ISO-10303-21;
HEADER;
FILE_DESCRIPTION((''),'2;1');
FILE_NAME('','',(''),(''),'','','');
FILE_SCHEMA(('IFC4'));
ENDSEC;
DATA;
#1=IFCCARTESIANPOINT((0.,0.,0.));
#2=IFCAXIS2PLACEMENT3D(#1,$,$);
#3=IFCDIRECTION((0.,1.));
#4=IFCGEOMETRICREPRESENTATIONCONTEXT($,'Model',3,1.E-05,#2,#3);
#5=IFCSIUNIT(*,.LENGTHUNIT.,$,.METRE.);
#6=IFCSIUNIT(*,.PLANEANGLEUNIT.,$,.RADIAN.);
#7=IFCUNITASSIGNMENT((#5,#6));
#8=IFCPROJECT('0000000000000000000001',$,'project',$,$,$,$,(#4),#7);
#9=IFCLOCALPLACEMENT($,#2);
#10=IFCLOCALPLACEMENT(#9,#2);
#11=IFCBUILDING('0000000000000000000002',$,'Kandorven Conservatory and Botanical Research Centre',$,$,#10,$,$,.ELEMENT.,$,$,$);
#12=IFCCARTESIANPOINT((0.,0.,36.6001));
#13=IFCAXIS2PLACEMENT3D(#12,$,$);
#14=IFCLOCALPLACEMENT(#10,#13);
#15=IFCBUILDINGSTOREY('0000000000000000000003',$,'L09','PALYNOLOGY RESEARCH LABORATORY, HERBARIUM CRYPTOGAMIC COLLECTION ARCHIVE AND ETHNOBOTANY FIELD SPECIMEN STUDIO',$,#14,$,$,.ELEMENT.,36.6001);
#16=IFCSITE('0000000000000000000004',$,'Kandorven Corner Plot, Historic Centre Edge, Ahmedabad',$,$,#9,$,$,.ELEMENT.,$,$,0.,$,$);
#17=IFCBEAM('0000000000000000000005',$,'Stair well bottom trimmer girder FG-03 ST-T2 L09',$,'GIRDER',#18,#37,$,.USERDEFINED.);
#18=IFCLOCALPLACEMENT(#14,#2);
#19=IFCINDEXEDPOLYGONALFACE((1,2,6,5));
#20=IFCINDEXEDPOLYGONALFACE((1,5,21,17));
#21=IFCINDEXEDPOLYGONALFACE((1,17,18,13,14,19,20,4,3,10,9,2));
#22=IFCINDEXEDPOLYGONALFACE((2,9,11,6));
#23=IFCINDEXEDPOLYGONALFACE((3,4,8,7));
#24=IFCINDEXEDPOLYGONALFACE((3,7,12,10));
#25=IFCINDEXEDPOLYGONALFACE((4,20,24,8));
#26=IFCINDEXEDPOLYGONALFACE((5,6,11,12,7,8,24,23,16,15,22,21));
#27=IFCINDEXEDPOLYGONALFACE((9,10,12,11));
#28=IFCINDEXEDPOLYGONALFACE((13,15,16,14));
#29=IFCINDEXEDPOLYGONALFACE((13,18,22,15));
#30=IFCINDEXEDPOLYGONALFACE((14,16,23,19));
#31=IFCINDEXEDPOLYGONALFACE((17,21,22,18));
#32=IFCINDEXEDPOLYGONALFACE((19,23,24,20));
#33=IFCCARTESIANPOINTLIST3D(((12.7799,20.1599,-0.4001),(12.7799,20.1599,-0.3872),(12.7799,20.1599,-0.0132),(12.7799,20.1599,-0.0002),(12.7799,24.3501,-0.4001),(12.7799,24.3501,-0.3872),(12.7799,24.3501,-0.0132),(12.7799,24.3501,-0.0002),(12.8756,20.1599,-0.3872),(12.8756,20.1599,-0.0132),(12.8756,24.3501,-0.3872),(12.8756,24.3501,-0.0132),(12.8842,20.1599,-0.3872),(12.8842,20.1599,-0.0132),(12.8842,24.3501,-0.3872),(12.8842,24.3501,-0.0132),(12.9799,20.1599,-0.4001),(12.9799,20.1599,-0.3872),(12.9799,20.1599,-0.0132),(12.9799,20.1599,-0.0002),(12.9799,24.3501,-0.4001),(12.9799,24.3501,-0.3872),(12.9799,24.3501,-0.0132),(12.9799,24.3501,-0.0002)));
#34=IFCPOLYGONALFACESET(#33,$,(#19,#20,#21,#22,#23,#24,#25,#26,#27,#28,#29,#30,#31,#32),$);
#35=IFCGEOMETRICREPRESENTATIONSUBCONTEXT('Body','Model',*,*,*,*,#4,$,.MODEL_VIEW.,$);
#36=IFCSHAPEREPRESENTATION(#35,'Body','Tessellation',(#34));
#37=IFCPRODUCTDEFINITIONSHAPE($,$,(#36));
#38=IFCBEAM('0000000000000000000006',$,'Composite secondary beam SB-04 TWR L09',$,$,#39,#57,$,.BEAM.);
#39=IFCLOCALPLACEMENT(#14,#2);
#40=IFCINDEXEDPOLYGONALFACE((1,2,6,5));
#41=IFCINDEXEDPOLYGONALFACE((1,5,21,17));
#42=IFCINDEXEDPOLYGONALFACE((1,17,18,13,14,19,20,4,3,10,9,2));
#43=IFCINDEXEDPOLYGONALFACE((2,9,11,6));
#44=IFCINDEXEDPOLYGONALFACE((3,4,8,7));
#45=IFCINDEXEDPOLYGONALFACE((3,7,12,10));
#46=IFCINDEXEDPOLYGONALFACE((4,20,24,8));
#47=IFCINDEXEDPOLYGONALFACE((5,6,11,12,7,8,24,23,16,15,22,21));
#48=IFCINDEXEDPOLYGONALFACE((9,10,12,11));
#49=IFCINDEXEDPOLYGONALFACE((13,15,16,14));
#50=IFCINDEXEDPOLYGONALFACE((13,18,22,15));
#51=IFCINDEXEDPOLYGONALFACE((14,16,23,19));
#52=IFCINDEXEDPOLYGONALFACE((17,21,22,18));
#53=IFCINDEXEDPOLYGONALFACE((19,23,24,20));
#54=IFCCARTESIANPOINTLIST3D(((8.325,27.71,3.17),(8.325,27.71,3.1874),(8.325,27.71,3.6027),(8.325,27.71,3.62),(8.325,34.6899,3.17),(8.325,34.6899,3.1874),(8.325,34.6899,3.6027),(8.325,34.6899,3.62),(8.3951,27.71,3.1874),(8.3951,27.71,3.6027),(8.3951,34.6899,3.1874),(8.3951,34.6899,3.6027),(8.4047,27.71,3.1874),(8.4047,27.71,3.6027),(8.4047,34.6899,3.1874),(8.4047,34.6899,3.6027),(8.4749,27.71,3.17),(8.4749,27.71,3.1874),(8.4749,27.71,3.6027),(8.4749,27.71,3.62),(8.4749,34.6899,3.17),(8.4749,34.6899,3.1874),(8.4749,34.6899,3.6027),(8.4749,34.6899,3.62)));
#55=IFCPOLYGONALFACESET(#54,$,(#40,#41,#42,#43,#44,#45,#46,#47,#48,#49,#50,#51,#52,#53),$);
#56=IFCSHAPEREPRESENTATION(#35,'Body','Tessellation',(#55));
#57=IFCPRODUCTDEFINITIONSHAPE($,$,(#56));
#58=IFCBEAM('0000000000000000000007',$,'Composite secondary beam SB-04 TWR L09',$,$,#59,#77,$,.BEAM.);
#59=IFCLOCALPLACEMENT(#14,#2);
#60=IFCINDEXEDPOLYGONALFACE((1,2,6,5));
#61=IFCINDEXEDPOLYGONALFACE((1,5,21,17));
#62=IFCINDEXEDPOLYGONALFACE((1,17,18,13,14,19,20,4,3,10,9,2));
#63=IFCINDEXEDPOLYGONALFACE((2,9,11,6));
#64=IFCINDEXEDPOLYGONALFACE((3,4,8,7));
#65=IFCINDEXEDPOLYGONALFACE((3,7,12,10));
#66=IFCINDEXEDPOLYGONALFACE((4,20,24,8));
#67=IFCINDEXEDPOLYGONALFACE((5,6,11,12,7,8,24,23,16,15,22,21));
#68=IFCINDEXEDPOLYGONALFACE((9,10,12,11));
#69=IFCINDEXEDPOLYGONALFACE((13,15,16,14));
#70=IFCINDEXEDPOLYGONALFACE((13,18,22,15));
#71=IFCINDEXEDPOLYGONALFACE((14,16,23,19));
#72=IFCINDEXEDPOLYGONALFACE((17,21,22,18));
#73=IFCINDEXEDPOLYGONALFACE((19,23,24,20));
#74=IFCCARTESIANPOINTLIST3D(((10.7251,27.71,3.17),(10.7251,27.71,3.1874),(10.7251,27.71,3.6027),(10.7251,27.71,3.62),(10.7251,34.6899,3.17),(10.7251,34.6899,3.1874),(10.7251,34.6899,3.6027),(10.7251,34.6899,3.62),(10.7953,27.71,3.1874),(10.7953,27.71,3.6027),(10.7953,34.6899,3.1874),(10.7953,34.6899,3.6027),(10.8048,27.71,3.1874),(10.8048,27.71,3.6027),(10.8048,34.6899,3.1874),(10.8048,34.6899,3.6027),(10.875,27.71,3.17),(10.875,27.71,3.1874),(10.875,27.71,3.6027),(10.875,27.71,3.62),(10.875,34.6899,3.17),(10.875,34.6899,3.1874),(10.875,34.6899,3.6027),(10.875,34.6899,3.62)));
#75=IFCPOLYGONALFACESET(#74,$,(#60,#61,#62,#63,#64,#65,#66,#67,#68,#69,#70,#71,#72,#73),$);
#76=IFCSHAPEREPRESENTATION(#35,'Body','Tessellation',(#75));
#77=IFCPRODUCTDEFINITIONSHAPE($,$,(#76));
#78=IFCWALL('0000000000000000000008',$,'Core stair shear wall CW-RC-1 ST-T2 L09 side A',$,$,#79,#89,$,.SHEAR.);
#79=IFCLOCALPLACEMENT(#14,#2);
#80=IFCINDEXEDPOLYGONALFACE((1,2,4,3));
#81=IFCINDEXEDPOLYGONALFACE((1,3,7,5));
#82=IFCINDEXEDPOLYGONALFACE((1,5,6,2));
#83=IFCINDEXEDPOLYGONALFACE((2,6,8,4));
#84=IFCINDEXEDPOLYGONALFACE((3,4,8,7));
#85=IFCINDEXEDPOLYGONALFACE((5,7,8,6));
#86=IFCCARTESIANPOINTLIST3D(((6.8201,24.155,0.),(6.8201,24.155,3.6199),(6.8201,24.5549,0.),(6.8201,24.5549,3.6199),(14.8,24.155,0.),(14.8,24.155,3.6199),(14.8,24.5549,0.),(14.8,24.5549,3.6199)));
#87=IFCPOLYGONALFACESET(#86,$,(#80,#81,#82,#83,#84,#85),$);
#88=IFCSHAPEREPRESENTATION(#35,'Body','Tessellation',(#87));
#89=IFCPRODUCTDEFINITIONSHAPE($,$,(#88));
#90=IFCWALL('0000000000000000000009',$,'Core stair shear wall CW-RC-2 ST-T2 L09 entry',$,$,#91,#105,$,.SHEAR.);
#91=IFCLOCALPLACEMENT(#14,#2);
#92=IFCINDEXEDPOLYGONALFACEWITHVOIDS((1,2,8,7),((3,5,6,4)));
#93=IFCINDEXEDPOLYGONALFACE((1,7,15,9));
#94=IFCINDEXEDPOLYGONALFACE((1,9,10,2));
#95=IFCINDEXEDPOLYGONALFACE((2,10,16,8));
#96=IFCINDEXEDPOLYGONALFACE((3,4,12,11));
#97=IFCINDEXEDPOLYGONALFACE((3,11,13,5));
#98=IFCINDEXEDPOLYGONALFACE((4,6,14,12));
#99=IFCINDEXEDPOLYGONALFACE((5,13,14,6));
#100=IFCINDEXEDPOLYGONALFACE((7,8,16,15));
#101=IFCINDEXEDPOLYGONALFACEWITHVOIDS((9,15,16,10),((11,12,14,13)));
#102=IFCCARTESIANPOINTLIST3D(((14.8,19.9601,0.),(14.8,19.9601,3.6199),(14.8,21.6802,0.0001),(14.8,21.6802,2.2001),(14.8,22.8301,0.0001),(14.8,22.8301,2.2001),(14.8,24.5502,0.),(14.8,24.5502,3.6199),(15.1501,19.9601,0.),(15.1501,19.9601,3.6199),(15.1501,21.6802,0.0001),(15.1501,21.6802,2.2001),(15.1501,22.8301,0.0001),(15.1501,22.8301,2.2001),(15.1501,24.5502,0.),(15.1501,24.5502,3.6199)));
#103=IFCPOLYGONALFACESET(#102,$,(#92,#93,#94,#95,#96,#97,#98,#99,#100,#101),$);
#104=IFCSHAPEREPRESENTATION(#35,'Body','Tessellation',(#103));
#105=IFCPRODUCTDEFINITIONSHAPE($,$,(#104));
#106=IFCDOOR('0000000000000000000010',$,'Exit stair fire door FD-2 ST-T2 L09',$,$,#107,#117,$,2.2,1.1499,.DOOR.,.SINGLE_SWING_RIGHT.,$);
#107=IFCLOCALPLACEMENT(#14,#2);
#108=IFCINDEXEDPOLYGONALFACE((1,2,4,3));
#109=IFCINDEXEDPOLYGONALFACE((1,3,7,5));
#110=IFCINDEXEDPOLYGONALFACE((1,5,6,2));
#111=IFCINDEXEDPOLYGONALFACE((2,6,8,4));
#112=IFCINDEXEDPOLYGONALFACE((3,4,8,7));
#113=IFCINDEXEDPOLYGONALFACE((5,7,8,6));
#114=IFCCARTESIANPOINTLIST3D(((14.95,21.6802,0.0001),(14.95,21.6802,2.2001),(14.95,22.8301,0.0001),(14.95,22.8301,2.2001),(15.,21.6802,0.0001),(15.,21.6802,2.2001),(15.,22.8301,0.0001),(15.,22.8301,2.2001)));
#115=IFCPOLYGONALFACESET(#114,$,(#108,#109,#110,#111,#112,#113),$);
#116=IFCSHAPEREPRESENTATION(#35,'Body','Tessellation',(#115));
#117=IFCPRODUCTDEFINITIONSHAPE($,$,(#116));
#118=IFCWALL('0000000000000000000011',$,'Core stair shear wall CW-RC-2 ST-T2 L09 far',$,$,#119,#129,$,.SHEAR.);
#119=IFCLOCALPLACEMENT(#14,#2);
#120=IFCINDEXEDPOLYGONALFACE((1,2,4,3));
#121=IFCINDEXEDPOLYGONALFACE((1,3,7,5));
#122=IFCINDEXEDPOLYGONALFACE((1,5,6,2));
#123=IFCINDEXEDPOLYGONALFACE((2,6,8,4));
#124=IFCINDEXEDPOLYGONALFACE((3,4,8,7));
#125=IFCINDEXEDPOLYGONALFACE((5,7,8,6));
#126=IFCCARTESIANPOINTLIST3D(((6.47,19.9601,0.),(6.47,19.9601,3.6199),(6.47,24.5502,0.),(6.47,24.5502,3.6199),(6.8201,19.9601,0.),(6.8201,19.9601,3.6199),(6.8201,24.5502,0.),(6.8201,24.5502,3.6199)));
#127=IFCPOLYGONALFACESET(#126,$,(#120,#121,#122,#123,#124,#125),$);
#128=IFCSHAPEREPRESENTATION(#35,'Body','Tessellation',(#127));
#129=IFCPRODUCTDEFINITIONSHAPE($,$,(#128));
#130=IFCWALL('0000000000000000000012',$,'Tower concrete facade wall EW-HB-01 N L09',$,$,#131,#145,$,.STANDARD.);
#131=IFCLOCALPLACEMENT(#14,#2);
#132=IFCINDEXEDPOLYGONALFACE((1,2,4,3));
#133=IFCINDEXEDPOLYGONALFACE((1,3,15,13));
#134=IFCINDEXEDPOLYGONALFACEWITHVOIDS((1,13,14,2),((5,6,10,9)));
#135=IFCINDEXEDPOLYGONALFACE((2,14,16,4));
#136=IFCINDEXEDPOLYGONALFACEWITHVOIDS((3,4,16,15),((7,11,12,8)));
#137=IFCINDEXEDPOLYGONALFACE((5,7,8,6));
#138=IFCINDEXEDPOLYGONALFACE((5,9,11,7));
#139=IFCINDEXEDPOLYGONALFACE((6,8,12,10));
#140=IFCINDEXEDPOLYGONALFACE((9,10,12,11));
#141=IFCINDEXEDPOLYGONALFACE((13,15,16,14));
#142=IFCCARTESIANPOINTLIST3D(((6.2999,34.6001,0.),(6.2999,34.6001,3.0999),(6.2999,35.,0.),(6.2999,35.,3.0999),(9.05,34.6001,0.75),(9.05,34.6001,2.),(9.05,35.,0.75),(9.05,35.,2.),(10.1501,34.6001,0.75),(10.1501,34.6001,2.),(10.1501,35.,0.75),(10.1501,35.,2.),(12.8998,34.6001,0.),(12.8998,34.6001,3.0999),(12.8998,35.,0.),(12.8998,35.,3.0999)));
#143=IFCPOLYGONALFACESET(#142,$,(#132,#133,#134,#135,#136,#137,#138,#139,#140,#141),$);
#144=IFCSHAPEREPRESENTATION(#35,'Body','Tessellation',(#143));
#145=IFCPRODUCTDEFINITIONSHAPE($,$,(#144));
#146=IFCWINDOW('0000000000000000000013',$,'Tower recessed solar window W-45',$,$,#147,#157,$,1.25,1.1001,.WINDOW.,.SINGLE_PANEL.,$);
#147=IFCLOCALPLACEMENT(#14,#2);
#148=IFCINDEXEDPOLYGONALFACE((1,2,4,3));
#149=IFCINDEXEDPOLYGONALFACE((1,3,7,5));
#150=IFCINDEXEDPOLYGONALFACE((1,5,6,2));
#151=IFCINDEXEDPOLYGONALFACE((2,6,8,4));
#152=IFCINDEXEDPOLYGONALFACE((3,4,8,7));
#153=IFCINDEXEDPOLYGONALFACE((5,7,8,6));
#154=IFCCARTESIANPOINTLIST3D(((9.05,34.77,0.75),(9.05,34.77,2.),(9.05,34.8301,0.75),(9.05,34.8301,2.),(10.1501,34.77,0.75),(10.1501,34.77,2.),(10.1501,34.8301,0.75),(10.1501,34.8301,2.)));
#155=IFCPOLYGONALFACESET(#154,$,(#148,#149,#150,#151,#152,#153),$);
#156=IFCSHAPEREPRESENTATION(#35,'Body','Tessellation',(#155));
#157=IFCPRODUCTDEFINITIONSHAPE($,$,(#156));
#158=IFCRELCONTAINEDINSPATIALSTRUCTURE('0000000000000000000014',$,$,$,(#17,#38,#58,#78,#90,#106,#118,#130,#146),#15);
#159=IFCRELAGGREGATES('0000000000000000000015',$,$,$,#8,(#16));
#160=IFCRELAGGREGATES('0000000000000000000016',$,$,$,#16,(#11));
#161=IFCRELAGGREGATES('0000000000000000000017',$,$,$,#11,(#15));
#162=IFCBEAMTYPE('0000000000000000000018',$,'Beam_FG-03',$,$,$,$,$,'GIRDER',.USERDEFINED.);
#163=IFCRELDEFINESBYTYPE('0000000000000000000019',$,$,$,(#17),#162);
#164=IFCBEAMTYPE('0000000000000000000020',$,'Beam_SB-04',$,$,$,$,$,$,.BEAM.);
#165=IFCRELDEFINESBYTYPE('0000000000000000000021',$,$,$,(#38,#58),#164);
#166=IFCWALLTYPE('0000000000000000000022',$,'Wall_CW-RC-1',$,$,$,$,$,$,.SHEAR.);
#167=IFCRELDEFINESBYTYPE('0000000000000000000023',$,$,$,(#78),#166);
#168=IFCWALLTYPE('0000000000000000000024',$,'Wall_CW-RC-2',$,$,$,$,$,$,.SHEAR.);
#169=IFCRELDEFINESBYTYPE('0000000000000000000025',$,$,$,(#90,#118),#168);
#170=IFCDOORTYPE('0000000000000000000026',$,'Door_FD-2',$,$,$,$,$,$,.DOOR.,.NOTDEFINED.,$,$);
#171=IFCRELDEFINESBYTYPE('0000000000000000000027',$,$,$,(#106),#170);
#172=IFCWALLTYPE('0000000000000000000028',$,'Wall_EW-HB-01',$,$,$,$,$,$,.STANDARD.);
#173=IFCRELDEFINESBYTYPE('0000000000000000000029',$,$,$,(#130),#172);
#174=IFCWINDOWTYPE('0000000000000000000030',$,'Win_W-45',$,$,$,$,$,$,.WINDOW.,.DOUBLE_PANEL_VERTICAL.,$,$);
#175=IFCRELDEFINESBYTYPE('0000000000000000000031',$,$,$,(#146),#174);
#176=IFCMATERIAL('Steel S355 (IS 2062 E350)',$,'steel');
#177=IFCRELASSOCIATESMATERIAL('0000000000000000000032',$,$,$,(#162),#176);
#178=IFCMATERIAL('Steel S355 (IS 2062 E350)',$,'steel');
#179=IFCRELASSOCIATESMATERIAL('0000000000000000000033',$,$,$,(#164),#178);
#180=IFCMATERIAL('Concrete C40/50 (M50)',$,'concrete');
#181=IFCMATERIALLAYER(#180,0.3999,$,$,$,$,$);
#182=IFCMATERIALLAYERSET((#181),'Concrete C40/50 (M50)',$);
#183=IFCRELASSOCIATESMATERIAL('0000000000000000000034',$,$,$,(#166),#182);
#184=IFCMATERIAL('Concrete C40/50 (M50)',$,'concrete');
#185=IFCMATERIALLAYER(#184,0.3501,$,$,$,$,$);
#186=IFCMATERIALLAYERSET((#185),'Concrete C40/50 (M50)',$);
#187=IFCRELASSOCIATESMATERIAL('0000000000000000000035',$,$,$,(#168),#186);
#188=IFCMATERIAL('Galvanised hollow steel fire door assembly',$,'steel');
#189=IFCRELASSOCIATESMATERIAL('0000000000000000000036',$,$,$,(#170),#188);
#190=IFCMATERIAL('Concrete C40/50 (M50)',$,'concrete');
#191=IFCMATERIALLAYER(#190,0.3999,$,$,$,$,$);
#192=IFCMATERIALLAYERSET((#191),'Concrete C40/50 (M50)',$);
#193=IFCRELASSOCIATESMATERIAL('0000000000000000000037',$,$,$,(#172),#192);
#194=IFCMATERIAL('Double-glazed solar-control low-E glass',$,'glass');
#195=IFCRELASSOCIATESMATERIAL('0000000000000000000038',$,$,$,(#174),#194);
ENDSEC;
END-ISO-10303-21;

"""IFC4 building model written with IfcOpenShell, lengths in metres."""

from ifc_helpers import new_model, si_unit, direction, frame, frame_2d, origin, origin_2d, place, context, subcontext, project, spatial, rectangle, i_section, extrude, material, layer, layer_set, material_profile, profile_set, type_object, element, fill, save


model = new_model("IFC4")

# Units and contexts
model_context = context("Model", 3, precision=1e-05, world=origin(), true_north=direction((0.0, 1.0)))
body_context = subcontext(model_context, "Body", "Model", "MODEL_VIEW")
ifc_project = project(units=[si_unit("LENGTHUNIT", "METRE"), si_unit("PLANEANGLEUNIT", "RADIAN")], contexts=[model_context])

# Site, building, storey
site_placement = place(None, origin())
site = spatial("IfcSite", under=ifc_project, at=site_placement, Name="Kandorven Corner Plot, Historic Centre Edge, Ahmedabad", CompositionType="ELEMENT", RefElevation=0.0)
building_placement = place(site_placement, origin())
building = spatial("IfcBuilding", under=site, at=building_placement, Name="Kandorven Conservatory and Botanical Research Centre", CompositionType="ELEMENT")
storey_placement = place(building_placement, frame((0.0, 0.0, 36.6001)))
storey = spatial("IfcBuildingStorey", under=building, at=storey_placement, Name="L09", Description="PALYNOLOGY RESEARCH LABORATORY, HERBARIUM CRYPTOGAMIC COLLECTION ARCHIVE AND ETHNOBOTANY FIELD SPECIMEN STUDIO", CompositionType="ELEMENT", Elevation=36.6001)

# Beams
ifc_material_1 = material(Name="Steel S355 (IS 2062 E350)", Category="steel")
ifc_material_profile_1 = material_profile(ifc_material_1, i_section(OverallWidth=0.2, OverallDepth=0.3999, WebThickness=0.0085, FlangeThickness=0.0129, at=origin_2d()))
ifc_profile_set_1 = profile_set([ifc_material_profile_1], Name="Steel S355 (IS 2062 E350)")
beam_type_1 = type_object("IfcBeamType", Name="Beam_FG-03", ElementType="GIRDER", PredefinedType="USERDEFINED", material=ifc_profile_set_1)
beam_1_placement = place(storey_placement, frame((12.8799, 24.3501, -0.2002), z_axis=(0.0, -1.0, 0.0), x_axis=(1.0, 0.0, 0.0)))
element("IfcBeam", 1, at=beam_1_placement, inside=storey, type_object=beam_type_1, Name="Stair well bottom trimmer girder FG-03 ST-T2 L09", ObjectType="GIRDER", PredefinedType="USERDEFINED", context=body_context, shape_type="SweptSolid", body=[
    extrude(i_section(OverallWidth=0.2, OverallDepth=0.3999, WebThickness=0.0085, FlangeThickness=0.0129, at=origin_2d()), origin(), (0.0, 0.0, 1.0), 4.1902),
])
ifc_material_2 = material(Name="Steel S355 (IS 2062 E350)", Category="steel")
ifc_material_profile_2 = material_profile(ifc_material_2, i_section(OverallWidth=0.1499, OverallDepth=0.45, WebThickness=0.0095, FlangeThickness=0.0173, at=origin_2d()))
ifc_profile_set_2 = profile_set([ifc_material_profile_2], Name="Steel S355 (IS 2062 E350)")
beam_type_2 = type_object("IfcBeamType", Name="Beam_SB-04", PredefinedType="BEAM", material=ifc_profile_set_2)
for number, where, z_axis, x_axis, name in (
    (2, (8.3999, 27.71, 3.395), (0.0, 1.0, 0.0), (-1.0, 0.0, 0.0), "Composite secondary beam SB-04 TWR L09"),
    (3, (10.8, 27.71, 3.395), (0.0, 1.0, 0.0), (-1.0, 0.0, 0.0), "Composite secondary beam SB-04 TWR L09"),
):
    element("IfcBeam", number, at=place(storey_placement, frame(where, z_axis=z_axis, x_axis=x_axis)), inside=storey, type_object=beam_type_2, Name=name, PredefinedType="BEAM", context=body_context, shape_type="SweptSolid", body=[
        extrude(i_section(OverallWidth=0.1499, OverallDepth=0.45, WebThickness=0.0095, FlangeThickness=0.0173, at=origin_2d()), origin(), (0.0, 0.0, 1.0), 6.98),
    ])

# Wall
ifc_material_3 = material(Name="Concrete C40/50 (M50)", Category="concrete")
ifc_layer_1 = layer(ifc_material_3, 0.3999)
ifc_layer_set_1 = layer_set([ifc_layer_1], Name="Concrete C40/50 (M50)")
wall_type_1 = type_object("IfcWallType", Name="Wall_CW-RC-1", PredefinedType="SHEAR", material=ifc_layer_set_1)
wall_1_placement = place(storey_placement, frame((14.8, 24.355, 0.0), z_axis=(0.0, 0.0, 1.0), x_axis=(-1.0, 0.0, 0.0)))
element("IfcWall", 4, at=wall_1_placement, inside=storey, type_object=wall_type_1, Name="Core stair shear wall CW-RC-1 ST-T2 L09 side A", PredefinedType="SHEAR", context=body_context, shape_type="SweptSolid", body=[
    extrude(rectangle(XDim=7.98, YDim=0.3999, at=frame_2d((3.99, 0.0))), origin(), (0.0, 0.0, 1.0), 3.6199),
])

# Wall, opening, door
ifc_material_4 = material(Name="Concrete C40/50 (M50)", Category="concrete")
ifc_layer_2 = layer(ifc_material_4, 0.3501)
ifc_layer_set_2 = layer_set([ifc_layer_2], Name="Concrete C40/50 (M50)")
wall_type_2 = type_object("IfcWallType", Name="Wall_CW-RC-2", PredefinedType="SHEAR", material=ifc_layer_set_2)
wall_2_placement = place(storey_placement, frame((14.9751, 24.55, 0.0), z_axis=(0.0, 0.0, 1.0), x_axis=(0.0, -1.0, 0.0)))
wall_2 = element("IfcWall", 5, at=wall_2_placement, inside=storey, type_object=wall_type_2, Name="Core stair shear wall CW-RC-2 ST-T2 L09 entry", PredefinedType="SHEAR", context=body_context, shape_type="SweptSolid", body=[
    extrude(rectangle(XDim=4.5901, YDim=0.3501, at=frame_2d((2.2949, 0.0))), origin(), (0.0, 0.0, 1.0), 3.6199),
])
opening_1_placement = place(wall_2_placement, frame((1.72, 0.0, 0.0)))
opening_1 = element("IfcOpeningElement", 6, at=opening_1_placement, cuts=wall_2, PredefinedType="OPENING", context=body_context, shape_type="SweptSolid", body=[
    extrude(rectangle(XDim=1.1499, YDim=2.2, at=frame_2d((0.575, 1.1001))), frame((0.0, 0.1851, 0.0), z_axis=(0.0, -1.0, 0.0), x_axis=(1.0, 0.0, 0.0)), (0.0, 0.0, 1.0), 0.3701),
])
ifc_material_5 = material(Name="Galvanised hollow steel fire door assembly", Category="steel")
door_type_1 = type_object("IfcDoorType", Name="Door_FD-2", OperationType="NOTDEFINED", PredefinedType="DOOR", material=ifc_material_5)
door_1_placement = place(opening_1_placement, origin())
door_1 = element("IfcDoor", 7, at=door_1_placement, inside=storey, type_object=door_type_1, Name="Exit stair fire door FD-2 ST-T2 L09", OperationType="SINGLE_SWING_RIGHT", OverallHeight=2.2, OverallWidth=1.1499, PredefinedType="DOOR", context=body_context, shape_type="SweptSolid", body=[
    extrude(rectangle(XDim=1.1499, YDim=2.2, at=frame_2d((0.575, 1.1001))), frame((0.0, 0.0249, 0.0), z_axis=(0.0, -1.0, 0.0), x_axis=(1.0, 0.0, 0.0)), (0.0, 0.0, 1.0), 0.05),
])
fill(opening_1, door_1)

# Wall
wall_3_placement = place(storey_placement, frame((6.645, 24.55, 0.0), z_axis=(0.0, 0.0, 1.0), x_axis=(0.0, -1.0, 0.0)))
element("IfcWall", 8, at=wall_3_placement, inside=storey, type_object=wall_type_2, Name="Core stair shear wall CW-RC-2 ST-T2 L09 far", PredefinedType="SHEAR", context=body_context, shape_type="SweptSolid", body=[
    extrude(rectangle(XDim=4.5901, YDim=0.3501, at=frame_2d((2.2949, 0.0))), origin(), (0.0, 0.0, 1.0), 3.6199),
])

# Wall, opening, window
ifc_material_6 = material(Name="Concrete C40/50 (M50)", Category="concrete")
ifc_layer_3 = layer(ifc_material_6, 0.3999)
ifc_layer_set_3 = layer_set([ifc_layer_3], Name="Concrete C40/50 (M50)")
wall_type_3 = type_object("IfcWallType", Name="Wall_EW-HB-01", PredefinedType="STANDARD", material=ifc_layer_set_3)
wall_4_placement = place(storey_placement, frame((6.3, 34.8, 0.0), z_axis=(0.0, 0.0, 1.0), x_axis=(1.0, 0.0, 0.0)))
wall_4 = element("IfcWall", 9, at=wall_4_placement, inside=storey, type_object=wall_type_3, Name="Tower concrete facade wall EW-HB-01 N L09", PredefinedType="STANDARD", context=body_context, shape_type="SweptSolid", body=[
    extrude(rectangle(XDim=6.5999, YDim=0.3999, at=frame_2d((3.2998, 0.0))), origin(), (0.0, 0.0, 1.0), 3.0999),
])
opening_2_placement = place(wall_4_placement, frame((2.75, 0.0, 0.75)))
opening_2 = element("IfcOpeningElement", 10, at=opening_2_placement, cuts=wall_4, PredefinedType="OPENING", context=body_context, shape_type="SweptSolid", body=[
    extrude(rectangle(XDim=1.1001, YDim=1.25, at=frame_2d((0.55, 0.625))), frame((0.0, 0.21, 0.0), z_axis=(0.0, -1.0, 0.0), x_axis=(1.0, 0.0, 0.0)), (0.0, 0.0, 1.0), 0.4199),
])
ifc_material_7 = material(Name="Double-glazed solar-control low-E glass", Category="glass")
window_type_1 = type_object("IfcWindowType", Name="Win_W-45", PartitioningType="DOUBLE_PANEL_VERTICAL", PredefinedType="WINDOW", material=ifc_material_7)
window_1_placement = place(opening_2_placement, origin())
window_1 = element("IfcWindow", 11, at=window_1_placement, inside=storey, type_object=window_type_1, Name="Tower recessed solar window W-45", OverallHeight=1.25, OverallWidth=1.1001, PartitioningType="SINGLE_PANEL", PredefinedType="WINDOW", context=body_context, shape_type="SweptSolid", body=[
    extrude(rectangle(XDim=1.1001, YDim=1.25, at=frame_2d((0.55, 0.625))), frame((0.0, 0.03, 0.0), z_axis=(0.0, -1.0, 0.0), x_axis=(1.0, 0.0, 0.0)), (0.0, 0.0, 1.0), 0.0601),
])
fill(opening_2, window_1)

save(model, "model.ifc")
